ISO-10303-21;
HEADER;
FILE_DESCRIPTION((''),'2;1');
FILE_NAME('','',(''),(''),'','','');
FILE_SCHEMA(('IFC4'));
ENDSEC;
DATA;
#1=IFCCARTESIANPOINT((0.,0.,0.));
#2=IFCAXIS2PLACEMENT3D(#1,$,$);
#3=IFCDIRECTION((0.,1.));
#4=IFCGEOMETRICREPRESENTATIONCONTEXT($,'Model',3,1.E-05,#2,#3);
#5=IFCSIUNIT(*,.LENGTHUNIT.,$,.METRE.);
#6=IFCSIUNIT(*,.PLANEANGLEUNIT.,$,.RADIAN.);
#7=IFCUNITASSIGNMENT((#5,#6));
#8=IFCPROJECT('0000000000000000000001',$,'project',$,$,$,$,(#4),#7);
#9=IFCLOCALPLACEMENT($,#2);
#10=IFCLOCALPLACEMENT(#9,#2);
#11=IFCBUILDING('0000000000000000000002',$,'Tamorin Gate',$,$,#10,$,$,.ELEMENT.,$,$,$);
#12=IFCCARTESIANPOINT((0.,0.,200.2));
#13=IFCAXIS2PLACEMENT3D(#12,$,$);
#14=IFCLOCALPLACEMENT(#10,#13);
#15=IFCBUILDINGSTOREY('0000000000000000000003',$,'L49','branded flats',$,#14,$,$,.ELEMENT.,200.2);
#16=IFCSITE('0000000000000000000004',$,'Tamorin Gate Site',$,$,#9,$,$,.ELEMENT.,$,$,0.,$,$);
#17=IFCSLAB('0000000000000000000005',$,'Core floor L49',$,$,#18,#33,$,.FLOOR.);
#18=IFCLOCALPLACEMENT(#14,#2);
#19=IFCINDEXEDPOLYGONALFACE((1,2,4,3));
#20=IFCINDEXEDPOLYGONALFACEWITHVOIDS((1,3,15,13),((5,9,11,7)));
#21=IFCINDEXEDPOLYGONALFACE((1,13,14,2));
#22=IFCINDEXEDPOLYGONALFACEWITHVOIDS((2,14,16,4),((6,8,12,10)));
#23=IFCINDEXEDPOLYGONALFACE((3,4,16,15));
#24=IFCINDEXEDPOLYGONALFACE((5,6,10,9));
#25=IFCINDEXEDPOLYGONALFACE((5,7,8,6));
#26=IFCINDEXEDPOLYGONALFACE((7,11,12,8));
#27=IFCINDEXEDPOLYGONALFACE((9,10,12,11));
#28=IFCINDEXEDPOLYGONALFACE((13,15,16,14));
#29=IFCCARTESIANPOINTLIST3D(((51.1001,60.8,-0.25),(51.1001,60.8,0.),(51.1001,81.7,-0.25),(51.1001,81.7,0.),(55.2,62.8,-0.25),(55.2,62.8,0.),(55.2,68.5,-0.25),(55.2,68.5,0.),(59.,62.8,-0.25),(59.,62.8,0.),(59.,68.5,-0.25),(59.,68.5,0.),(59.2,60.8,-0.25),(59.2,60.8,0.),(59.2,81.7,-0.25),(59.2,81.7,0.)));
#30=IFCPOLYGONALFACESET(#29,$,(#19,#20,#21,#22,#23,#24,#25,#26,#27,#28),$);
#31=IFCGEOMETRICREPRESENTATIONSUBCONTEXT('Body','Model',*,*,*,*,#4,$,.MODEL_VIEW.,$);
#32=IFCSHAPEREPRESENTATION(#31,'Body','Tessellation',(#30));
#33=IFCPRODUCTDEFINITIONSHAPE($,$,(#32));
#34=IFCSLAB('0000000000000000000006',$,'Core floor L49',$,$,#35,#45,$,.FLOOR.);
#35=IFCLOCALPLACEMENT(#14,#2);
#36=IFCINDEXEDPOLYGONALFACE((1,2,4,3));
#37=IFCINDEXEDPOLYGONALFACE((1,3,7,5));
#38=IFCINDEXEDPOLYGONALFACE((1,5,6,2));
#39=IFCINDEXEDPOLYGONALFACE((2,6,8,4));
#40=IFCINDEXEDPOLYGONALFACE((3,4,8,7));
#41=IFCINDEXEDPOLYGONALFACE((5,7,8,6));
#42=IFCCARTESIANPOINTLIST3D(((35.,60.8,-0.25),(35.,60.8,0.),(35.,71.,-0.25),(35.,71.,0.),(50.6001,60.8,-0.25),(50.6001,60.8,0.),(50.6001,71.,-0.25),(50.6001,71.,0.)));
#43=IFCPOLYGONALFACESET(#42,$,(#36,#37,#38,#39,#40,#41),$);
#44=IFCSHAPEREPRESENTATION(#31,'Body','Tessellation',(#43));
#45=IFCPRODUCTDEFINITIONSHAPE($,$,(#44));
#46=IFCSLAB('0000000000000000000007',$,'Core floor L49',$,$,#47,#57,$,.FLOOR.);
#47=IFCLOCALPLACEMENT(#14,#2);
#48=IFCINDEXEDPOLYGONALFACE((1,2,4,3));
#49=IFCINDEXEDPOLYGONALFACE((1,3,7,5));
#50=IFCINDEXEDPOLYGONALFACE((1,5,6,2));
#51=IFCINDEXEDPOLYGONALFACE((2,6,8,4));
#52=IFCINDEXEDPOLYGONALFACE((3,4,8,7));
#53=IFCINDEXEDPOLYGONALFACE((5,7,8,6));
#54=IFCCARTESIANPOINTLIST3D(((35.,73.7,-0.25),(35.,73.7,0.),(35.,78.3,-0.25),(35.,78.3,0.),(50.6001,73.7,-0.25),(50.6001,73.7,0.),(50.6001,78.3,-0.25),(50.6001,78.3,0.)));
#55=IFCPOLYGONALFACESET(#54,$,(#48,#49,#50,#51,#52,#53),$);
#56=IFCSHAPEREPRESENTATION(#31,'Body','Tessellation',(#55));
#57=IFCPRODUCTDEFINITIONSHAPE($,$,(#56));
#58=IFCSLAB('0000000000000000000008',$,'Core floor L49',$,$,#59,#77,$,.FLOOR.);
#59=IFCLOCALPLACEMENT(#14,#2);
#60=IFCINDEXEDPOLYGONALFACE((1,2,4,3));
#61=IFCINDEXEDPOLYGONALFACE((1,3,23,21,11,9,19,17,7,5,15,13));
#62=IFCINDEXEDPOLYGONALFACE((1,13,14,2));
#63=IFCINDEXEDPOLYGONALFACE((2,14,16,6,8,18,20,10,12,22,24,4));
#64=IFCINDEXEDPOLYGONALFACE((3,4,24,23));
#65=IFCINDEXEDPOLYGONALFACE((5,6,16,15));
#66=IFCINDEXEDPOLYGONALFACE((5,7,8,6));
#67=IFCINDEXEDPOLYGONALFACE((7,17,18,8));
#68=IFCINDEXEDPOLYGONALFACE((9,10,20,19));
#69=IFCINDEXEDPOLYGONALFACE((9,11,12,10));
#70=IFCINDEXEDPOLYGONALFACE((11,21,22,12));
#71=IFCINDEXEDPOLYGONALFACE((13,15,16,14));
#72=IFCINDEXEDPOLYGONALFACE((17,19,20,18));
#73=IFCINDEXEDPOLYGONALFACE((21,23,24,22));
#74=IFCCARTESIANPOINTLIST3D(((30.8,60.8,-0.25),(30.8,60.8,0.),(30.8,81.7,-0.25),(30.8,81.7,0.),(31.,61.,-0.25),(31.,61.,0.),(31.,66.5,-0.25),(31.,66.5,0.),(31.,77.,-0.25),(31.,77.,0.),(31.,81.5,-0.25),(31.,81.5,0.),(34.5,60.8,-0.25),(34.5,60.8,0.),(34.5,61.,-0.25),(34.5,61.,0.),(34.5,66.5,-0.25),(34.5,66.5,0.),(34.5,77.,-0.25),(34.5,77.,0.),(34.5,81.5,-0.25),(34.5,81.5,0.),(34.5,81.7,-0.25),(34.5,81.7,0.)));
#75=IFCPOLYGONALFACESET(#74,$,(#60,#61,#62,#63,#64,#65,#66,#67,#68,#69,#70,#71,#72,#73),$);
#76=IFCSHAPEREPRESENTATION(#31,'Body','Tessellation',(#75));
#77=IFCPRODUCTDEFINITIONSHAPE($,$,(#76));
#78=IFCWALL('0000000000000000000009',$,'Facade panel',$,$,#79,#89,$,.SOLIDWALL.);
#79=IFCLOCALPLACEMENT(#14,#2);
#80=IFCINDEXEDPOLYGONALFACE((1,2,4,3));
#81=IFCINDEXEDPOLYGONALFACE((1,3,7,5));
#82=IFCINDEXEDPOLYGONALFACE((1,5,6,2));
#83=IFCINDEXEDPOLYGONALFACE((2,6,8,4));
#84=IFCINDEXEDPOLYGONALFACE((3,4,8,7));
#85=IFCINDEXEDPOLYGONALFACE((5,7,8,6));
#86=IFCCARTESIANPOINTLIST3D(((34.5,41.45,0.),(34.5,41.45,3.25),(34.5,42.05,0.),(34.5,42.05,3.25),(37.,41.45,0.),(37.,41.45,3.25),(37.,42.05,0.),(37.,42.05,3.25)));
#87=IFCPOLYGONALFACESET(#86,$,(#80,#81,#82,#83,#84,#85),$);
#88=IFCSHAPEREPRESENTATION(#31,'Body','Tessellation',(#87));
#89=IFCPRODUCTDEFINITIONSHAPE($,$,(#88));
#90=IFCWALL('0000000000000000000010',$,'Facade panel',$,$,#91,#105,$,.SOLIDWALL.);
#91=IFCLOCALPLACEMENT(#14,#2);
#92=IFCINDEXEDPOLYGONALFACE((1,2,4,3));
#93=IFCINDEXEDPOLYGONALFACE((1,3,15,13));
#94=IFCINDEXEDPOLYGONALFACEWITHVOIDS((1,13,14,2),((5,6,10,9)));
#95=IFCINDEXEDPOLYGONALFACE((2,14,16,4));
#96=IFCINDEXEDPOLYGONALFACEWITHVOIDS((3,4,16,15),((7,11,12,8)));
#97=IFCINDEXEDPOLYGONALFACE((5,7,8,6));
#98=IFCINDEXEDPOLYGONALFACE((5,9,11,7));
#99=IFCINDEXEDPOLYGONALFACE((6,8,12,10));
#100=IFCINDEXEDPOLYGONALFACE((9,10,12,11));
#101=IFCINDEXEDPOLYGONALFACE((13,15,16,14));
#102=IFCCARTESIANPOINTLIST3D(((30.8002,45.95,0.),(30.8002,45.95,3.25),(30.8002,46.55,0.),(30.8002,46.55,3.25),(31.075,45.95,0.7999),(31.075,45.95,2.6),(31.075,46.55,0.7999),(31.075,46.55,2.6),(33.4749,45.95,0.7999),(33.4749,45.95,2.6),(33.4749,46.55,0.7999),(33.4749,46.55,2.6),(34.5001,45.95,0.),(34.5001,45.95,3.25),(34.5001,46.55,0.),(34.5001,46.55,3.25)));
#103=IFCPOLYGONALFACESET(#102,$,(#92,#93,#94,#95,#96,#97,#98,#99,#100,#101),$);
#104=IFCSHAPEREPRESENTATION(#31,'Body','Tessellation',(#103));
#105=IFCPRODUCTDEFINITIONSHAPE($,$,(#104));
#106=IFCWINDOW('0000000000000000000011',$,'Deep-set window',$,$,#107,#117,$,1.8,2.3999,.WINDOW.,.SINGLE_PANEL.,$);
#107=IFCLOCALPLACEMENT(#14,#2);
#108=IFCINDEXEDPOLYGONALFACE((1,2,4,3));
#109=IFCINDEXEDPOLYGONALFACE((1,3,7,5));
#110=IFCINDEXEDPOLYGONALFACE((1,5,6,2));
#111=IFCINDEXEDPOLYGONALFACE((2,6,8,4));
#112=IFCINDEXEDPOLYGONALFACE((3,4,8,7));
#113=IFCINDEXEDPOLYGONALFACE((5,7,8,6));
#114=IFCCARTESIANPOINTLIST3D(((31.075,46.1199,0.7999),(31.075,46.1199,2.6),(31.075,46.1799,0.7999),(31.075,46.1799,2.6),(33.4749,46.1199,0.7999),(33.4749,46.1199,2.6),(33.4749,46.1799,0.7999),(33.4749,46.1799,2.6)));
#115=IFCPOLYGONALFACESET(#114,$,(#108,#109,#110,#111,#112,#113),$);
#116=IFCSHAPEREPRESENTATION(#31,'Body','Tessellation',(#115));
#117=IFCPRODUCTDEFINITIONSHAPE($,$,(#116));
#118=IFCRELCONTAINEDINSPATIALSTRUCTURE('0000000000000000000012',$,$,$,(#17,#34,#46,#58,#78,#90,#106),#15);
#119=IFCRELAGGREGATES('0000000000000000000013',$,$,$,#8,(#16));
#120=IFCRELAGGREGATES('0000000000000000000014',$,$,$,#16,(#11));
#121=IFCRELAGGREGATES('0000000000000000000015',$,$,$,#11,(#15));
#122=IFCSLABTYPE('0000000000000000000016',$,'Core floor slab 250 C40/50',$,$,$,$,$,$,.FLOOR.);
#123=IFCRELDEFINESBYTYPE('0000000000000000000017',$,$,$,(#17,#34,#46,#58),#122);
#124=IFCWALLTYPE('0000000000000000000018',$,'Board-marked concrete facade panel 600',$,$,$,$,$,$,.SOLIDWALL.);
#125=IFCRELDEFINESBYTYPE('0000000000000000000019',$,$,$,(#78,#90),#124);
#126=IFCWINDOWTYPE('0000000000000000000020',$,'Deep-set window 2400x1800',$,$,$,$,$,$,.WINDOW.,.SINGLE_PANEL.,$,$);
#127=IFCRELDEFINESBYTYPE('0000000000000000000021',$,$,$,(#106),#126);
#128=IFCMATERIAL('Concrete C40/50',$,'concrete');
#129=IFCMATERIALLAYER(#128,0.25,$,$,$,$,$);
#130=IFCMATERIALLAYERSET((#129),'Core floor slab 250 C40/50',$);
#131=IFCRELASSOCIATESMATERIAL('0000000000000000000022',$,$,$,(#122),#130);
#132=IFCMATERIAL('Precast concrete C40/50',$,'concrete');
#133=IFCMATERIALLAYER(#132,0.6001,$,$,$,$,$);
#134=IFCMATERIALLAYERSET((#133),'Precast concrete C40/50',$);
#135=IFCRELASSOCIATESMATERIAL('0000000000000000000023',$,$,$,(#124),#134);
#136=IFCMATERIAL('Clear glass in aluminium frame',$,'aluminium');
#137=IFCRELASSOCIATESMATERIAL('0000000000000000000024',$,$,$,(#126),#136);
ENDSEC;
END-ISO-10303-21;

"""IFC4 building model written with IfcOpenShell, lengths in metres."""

from ifc_helpers import new_model, si_unit, direction, frame, frame_2d, origin, place, context, subcontext, project, spatial, polyline, rectangle, outline, extrude, material, layer, layer_set, type_object, element, fill, save


model = new_model("IFC4")

# Units and contexts
model_context = context("Model", 3, precision=1e-05, world=origin(), true_north=direction((0.0, 1.0)))
body_context = subcontext(model_context, "Body", "Model", "MODEL_VIEW")
ifc_project = project(units=[si_unit("LENGTHUNIT", "METRE"), si_unit("PLANEANGLEUNIT", "RADIAN")], contexts=[model_context])

# Site, building, storey
site_placement = place(None, origin())
site = spatial("IfcSite", under=ifc_project, at=site_placement, Name="Tamorin Gate Site", CompositionType="ELEMENT", RefElevation=0.0)
building_placement = place(site_placement, origin())
building = spatial("IfcBuilding", under=site, at=building_placement, Name="Tamorin Gate", CompositionType="ELEMENT")
storey_placement = place(building_placement, frame((0.0, 0.0, 200.2)))
storey = spatial("IfcBuildingStorey", under=building, at=storey_placement, Name="L49", Description="branded flats", CompositionType="ELEMENT", Elevation=200.2)

# Slabs
ifc_material_1 = material(Name="Concrete C40/50", Category="concrete")
ifc_layer_1 = layer(ifc_material_1, 0.25)
ifc_layer_set_1 = layer_set([ifc_layer_1], Name="Core floor slab 250 C40/50")
slab_type = type_object("IfcSlabType", Name="Core floor slab 250 C40/50", PredefinedType="FLOOR", material=ifc_layer_set_1)
slab_1_placement = place(storey_placement, frame((0.0, 0.0, -0.25)))
element("IfcSlab", 1, at=slab_1_placement, inside=storey, type_object=slab_type, Name="Core floor L49", PredefinedType="FLOOR", context=body_context, shape_type="SweptSolid", body=[
    extrude(outline(polyline([(51.1001, 81.7), (59.2, 81.7), (59.2, 60.8), (51.1001, 60.8), (51.1001, 81.7)]), holes=[polyline([(55.2, 62.8), (59.0, 62.8), (59.0, 68.5), (55.2, 68.5), (55.2, 62.8)])]), origin(), (0.0, 0.0, 1.0), 0.25),
])
slab_2_placement = place(storey_placement, frame((0.0, 0.0, -0.25)))
element("IfcSlab", 2, at=slab_2_placement, inside=storey, type_object=slab_type, Name="Core floor L49", PredefinedType="FLOOR", context=body_context, shape_type="SweptSolid", body=[
    extrude(outline(polyline([(50.6001, 71.0), (50.6001, 60.8), (35.0, 60.8), (35.0, 71.0), (50.6001, 71.0)])), origin(), (0.0, 0.0, 1.0), 0.25),
])
slab_3_placement = place(storey_placement, frame((0.0, 0.0, -0.25)))
element("IfcSlab", 3, at=slab_3_placement, inside=storey, type_object=slab_type, Name="Core floor L49", PredefinedType="FLOOR", context=body_context, shape_type="SweptSolid", body=[
    extrude(outline(polyline([(50.6001, 73.7), (35.0, 73.7), (35.0, 78.3), (50.6001, 78.3), (50.6001, 73.7)])), origin(), (0.0, 0.0, 1.0), 0.25),
])
slab_4_placement = place(storey_placement, frame((0.0, 0.0, -0.25)))
element("IfcSlab", 4, at=slab_4_placement, inside=storey, type_object=slab_type, Name="Core floor L49", PredefinedType="FLOOR", context=body_context, shape_type="SweptSolid", body=[
    extrude(outline(polyline([(34.5, 60.8), (30.8, 60.8), (30.8, 81.7), (34.5, 81.7), (34.5, 81.5), (31.0, 81.5), (31.0, 77.0), (34.5, 77.0), (34.5, 66.5), (31.0, 66.5), (31.0, 61.0), (34.5, 61.0), (34.5, 60.8)])), origin(), (0.0, 0.0, 1.0), 0.25),
])

# Wall
ifc_material_2 = material(Name="Precast concrete C40/50", Category="concrete")
ifc_layer_2 = layer(ifc_material_2, 0.6001)
ifc_layer_set_2 = layer_set([ifc_layer_2], Name="Precast concrete C40/50")
wall_type_1 = type_object("IfcWallType", Name="Board-marked concrete facade panel 600", PredefinedType="SOLIDWALL", material=ifc_layer_set_2)
wall_1_placement = place(storey_placement, frame((34.5, 41.75, 0.0), z_axis=(0.0, 0.0, 1.0), x_axis=(1.0, 0.0, 0.0)))
element("IfcWall", 5, at=wall_1_placement, inside=storey, type_object=wall_type_1, Name="Facade panel", PredefinedType="SOLIDWALL", context=body_context, shape_type="SweptSolid", body=[
    extrude(rectangle(XDim=2.5, YDim=0.6001, at=frame_2d((1.25, 0.0))), origin(), (0.0, 0.0, 1.0), 3.25),
])

# Wall, opening, window
wall_2_placement = place(storey_placement, frame((30.8, 46.25, 0.0), z_axis=(0.0, 0.0, 1.0), x_axis=(1.0, 0.0, 0.0)))
wall_2 = element("IfcWall", 6, at=wall_2_placement, inside=storey, type_object=wall_type_1, Name="Facade panel", PredefinedType="SOLIDWALL", context=body_context, shape_type="SweptSolid", body=[
    extrude(rectangle(XDim=3.7, YDim=0.6001, at=frame_2d((1.8501, 0.0))), origin(), (0.0, 0.0, 1.0), 3.25),
])
opening_1_placement = place(wall_2_placement, frame((0.2749, 0.0, 0.8)))
opening_1 = element("IfcOpeningElement", 7, at=opening_1_placement, cuts=wall_2, PredefinedType="OPENING", context=body_context, shape_type="SweptSolid", body=[
    extrude(rectangle(XDim=2.3999, YDim=1.8, at=frame_2d((1.2, 0.8999))), frame((0.0, 0.3101, 0.0), z_axis=(0.0, -1.0, 0.0), x_axis=(1.0, 0.0, 0.0)), (0.0, 0.0, 1.0), 0.6201),
])
ifc_material_3 = material(Name="Clear glass in aluminium frame", Category="aluminium")
window_type = type_object("IfcWindowType", Name="Deep-set window 2400x1800", PartitioningType="SINGLE_PANEL", PredefinedType="WINDOW", material=ifc_material_3)
window_placement = place(opening_1_placement, origin())
window = element("IfcWindow", 8, at=window_placement, inside=storey, type_object=window_type, Name="Deep-set window", OverallHeight=1.8, OverallWidth=2.3999, PartitioningType="SINGLE_PANEL", PredefinedType="WINDOW", context=body_context, shape_type="SweptSolid", body=[
    extrude(rectangle(XDim=2.3999, YDim=1.8, at=frame_2d((1.2, 0.8999))), frame((0.0, -0.0701, 0.0), z_axis=(0.0, -1.0, 0.0), x_axis=(1.0, 0.0, 0.0)), (0.0, 0.0, 1.0), 0.0601),
])
fill(opening_1, window)

save(model, "model.ifc")
